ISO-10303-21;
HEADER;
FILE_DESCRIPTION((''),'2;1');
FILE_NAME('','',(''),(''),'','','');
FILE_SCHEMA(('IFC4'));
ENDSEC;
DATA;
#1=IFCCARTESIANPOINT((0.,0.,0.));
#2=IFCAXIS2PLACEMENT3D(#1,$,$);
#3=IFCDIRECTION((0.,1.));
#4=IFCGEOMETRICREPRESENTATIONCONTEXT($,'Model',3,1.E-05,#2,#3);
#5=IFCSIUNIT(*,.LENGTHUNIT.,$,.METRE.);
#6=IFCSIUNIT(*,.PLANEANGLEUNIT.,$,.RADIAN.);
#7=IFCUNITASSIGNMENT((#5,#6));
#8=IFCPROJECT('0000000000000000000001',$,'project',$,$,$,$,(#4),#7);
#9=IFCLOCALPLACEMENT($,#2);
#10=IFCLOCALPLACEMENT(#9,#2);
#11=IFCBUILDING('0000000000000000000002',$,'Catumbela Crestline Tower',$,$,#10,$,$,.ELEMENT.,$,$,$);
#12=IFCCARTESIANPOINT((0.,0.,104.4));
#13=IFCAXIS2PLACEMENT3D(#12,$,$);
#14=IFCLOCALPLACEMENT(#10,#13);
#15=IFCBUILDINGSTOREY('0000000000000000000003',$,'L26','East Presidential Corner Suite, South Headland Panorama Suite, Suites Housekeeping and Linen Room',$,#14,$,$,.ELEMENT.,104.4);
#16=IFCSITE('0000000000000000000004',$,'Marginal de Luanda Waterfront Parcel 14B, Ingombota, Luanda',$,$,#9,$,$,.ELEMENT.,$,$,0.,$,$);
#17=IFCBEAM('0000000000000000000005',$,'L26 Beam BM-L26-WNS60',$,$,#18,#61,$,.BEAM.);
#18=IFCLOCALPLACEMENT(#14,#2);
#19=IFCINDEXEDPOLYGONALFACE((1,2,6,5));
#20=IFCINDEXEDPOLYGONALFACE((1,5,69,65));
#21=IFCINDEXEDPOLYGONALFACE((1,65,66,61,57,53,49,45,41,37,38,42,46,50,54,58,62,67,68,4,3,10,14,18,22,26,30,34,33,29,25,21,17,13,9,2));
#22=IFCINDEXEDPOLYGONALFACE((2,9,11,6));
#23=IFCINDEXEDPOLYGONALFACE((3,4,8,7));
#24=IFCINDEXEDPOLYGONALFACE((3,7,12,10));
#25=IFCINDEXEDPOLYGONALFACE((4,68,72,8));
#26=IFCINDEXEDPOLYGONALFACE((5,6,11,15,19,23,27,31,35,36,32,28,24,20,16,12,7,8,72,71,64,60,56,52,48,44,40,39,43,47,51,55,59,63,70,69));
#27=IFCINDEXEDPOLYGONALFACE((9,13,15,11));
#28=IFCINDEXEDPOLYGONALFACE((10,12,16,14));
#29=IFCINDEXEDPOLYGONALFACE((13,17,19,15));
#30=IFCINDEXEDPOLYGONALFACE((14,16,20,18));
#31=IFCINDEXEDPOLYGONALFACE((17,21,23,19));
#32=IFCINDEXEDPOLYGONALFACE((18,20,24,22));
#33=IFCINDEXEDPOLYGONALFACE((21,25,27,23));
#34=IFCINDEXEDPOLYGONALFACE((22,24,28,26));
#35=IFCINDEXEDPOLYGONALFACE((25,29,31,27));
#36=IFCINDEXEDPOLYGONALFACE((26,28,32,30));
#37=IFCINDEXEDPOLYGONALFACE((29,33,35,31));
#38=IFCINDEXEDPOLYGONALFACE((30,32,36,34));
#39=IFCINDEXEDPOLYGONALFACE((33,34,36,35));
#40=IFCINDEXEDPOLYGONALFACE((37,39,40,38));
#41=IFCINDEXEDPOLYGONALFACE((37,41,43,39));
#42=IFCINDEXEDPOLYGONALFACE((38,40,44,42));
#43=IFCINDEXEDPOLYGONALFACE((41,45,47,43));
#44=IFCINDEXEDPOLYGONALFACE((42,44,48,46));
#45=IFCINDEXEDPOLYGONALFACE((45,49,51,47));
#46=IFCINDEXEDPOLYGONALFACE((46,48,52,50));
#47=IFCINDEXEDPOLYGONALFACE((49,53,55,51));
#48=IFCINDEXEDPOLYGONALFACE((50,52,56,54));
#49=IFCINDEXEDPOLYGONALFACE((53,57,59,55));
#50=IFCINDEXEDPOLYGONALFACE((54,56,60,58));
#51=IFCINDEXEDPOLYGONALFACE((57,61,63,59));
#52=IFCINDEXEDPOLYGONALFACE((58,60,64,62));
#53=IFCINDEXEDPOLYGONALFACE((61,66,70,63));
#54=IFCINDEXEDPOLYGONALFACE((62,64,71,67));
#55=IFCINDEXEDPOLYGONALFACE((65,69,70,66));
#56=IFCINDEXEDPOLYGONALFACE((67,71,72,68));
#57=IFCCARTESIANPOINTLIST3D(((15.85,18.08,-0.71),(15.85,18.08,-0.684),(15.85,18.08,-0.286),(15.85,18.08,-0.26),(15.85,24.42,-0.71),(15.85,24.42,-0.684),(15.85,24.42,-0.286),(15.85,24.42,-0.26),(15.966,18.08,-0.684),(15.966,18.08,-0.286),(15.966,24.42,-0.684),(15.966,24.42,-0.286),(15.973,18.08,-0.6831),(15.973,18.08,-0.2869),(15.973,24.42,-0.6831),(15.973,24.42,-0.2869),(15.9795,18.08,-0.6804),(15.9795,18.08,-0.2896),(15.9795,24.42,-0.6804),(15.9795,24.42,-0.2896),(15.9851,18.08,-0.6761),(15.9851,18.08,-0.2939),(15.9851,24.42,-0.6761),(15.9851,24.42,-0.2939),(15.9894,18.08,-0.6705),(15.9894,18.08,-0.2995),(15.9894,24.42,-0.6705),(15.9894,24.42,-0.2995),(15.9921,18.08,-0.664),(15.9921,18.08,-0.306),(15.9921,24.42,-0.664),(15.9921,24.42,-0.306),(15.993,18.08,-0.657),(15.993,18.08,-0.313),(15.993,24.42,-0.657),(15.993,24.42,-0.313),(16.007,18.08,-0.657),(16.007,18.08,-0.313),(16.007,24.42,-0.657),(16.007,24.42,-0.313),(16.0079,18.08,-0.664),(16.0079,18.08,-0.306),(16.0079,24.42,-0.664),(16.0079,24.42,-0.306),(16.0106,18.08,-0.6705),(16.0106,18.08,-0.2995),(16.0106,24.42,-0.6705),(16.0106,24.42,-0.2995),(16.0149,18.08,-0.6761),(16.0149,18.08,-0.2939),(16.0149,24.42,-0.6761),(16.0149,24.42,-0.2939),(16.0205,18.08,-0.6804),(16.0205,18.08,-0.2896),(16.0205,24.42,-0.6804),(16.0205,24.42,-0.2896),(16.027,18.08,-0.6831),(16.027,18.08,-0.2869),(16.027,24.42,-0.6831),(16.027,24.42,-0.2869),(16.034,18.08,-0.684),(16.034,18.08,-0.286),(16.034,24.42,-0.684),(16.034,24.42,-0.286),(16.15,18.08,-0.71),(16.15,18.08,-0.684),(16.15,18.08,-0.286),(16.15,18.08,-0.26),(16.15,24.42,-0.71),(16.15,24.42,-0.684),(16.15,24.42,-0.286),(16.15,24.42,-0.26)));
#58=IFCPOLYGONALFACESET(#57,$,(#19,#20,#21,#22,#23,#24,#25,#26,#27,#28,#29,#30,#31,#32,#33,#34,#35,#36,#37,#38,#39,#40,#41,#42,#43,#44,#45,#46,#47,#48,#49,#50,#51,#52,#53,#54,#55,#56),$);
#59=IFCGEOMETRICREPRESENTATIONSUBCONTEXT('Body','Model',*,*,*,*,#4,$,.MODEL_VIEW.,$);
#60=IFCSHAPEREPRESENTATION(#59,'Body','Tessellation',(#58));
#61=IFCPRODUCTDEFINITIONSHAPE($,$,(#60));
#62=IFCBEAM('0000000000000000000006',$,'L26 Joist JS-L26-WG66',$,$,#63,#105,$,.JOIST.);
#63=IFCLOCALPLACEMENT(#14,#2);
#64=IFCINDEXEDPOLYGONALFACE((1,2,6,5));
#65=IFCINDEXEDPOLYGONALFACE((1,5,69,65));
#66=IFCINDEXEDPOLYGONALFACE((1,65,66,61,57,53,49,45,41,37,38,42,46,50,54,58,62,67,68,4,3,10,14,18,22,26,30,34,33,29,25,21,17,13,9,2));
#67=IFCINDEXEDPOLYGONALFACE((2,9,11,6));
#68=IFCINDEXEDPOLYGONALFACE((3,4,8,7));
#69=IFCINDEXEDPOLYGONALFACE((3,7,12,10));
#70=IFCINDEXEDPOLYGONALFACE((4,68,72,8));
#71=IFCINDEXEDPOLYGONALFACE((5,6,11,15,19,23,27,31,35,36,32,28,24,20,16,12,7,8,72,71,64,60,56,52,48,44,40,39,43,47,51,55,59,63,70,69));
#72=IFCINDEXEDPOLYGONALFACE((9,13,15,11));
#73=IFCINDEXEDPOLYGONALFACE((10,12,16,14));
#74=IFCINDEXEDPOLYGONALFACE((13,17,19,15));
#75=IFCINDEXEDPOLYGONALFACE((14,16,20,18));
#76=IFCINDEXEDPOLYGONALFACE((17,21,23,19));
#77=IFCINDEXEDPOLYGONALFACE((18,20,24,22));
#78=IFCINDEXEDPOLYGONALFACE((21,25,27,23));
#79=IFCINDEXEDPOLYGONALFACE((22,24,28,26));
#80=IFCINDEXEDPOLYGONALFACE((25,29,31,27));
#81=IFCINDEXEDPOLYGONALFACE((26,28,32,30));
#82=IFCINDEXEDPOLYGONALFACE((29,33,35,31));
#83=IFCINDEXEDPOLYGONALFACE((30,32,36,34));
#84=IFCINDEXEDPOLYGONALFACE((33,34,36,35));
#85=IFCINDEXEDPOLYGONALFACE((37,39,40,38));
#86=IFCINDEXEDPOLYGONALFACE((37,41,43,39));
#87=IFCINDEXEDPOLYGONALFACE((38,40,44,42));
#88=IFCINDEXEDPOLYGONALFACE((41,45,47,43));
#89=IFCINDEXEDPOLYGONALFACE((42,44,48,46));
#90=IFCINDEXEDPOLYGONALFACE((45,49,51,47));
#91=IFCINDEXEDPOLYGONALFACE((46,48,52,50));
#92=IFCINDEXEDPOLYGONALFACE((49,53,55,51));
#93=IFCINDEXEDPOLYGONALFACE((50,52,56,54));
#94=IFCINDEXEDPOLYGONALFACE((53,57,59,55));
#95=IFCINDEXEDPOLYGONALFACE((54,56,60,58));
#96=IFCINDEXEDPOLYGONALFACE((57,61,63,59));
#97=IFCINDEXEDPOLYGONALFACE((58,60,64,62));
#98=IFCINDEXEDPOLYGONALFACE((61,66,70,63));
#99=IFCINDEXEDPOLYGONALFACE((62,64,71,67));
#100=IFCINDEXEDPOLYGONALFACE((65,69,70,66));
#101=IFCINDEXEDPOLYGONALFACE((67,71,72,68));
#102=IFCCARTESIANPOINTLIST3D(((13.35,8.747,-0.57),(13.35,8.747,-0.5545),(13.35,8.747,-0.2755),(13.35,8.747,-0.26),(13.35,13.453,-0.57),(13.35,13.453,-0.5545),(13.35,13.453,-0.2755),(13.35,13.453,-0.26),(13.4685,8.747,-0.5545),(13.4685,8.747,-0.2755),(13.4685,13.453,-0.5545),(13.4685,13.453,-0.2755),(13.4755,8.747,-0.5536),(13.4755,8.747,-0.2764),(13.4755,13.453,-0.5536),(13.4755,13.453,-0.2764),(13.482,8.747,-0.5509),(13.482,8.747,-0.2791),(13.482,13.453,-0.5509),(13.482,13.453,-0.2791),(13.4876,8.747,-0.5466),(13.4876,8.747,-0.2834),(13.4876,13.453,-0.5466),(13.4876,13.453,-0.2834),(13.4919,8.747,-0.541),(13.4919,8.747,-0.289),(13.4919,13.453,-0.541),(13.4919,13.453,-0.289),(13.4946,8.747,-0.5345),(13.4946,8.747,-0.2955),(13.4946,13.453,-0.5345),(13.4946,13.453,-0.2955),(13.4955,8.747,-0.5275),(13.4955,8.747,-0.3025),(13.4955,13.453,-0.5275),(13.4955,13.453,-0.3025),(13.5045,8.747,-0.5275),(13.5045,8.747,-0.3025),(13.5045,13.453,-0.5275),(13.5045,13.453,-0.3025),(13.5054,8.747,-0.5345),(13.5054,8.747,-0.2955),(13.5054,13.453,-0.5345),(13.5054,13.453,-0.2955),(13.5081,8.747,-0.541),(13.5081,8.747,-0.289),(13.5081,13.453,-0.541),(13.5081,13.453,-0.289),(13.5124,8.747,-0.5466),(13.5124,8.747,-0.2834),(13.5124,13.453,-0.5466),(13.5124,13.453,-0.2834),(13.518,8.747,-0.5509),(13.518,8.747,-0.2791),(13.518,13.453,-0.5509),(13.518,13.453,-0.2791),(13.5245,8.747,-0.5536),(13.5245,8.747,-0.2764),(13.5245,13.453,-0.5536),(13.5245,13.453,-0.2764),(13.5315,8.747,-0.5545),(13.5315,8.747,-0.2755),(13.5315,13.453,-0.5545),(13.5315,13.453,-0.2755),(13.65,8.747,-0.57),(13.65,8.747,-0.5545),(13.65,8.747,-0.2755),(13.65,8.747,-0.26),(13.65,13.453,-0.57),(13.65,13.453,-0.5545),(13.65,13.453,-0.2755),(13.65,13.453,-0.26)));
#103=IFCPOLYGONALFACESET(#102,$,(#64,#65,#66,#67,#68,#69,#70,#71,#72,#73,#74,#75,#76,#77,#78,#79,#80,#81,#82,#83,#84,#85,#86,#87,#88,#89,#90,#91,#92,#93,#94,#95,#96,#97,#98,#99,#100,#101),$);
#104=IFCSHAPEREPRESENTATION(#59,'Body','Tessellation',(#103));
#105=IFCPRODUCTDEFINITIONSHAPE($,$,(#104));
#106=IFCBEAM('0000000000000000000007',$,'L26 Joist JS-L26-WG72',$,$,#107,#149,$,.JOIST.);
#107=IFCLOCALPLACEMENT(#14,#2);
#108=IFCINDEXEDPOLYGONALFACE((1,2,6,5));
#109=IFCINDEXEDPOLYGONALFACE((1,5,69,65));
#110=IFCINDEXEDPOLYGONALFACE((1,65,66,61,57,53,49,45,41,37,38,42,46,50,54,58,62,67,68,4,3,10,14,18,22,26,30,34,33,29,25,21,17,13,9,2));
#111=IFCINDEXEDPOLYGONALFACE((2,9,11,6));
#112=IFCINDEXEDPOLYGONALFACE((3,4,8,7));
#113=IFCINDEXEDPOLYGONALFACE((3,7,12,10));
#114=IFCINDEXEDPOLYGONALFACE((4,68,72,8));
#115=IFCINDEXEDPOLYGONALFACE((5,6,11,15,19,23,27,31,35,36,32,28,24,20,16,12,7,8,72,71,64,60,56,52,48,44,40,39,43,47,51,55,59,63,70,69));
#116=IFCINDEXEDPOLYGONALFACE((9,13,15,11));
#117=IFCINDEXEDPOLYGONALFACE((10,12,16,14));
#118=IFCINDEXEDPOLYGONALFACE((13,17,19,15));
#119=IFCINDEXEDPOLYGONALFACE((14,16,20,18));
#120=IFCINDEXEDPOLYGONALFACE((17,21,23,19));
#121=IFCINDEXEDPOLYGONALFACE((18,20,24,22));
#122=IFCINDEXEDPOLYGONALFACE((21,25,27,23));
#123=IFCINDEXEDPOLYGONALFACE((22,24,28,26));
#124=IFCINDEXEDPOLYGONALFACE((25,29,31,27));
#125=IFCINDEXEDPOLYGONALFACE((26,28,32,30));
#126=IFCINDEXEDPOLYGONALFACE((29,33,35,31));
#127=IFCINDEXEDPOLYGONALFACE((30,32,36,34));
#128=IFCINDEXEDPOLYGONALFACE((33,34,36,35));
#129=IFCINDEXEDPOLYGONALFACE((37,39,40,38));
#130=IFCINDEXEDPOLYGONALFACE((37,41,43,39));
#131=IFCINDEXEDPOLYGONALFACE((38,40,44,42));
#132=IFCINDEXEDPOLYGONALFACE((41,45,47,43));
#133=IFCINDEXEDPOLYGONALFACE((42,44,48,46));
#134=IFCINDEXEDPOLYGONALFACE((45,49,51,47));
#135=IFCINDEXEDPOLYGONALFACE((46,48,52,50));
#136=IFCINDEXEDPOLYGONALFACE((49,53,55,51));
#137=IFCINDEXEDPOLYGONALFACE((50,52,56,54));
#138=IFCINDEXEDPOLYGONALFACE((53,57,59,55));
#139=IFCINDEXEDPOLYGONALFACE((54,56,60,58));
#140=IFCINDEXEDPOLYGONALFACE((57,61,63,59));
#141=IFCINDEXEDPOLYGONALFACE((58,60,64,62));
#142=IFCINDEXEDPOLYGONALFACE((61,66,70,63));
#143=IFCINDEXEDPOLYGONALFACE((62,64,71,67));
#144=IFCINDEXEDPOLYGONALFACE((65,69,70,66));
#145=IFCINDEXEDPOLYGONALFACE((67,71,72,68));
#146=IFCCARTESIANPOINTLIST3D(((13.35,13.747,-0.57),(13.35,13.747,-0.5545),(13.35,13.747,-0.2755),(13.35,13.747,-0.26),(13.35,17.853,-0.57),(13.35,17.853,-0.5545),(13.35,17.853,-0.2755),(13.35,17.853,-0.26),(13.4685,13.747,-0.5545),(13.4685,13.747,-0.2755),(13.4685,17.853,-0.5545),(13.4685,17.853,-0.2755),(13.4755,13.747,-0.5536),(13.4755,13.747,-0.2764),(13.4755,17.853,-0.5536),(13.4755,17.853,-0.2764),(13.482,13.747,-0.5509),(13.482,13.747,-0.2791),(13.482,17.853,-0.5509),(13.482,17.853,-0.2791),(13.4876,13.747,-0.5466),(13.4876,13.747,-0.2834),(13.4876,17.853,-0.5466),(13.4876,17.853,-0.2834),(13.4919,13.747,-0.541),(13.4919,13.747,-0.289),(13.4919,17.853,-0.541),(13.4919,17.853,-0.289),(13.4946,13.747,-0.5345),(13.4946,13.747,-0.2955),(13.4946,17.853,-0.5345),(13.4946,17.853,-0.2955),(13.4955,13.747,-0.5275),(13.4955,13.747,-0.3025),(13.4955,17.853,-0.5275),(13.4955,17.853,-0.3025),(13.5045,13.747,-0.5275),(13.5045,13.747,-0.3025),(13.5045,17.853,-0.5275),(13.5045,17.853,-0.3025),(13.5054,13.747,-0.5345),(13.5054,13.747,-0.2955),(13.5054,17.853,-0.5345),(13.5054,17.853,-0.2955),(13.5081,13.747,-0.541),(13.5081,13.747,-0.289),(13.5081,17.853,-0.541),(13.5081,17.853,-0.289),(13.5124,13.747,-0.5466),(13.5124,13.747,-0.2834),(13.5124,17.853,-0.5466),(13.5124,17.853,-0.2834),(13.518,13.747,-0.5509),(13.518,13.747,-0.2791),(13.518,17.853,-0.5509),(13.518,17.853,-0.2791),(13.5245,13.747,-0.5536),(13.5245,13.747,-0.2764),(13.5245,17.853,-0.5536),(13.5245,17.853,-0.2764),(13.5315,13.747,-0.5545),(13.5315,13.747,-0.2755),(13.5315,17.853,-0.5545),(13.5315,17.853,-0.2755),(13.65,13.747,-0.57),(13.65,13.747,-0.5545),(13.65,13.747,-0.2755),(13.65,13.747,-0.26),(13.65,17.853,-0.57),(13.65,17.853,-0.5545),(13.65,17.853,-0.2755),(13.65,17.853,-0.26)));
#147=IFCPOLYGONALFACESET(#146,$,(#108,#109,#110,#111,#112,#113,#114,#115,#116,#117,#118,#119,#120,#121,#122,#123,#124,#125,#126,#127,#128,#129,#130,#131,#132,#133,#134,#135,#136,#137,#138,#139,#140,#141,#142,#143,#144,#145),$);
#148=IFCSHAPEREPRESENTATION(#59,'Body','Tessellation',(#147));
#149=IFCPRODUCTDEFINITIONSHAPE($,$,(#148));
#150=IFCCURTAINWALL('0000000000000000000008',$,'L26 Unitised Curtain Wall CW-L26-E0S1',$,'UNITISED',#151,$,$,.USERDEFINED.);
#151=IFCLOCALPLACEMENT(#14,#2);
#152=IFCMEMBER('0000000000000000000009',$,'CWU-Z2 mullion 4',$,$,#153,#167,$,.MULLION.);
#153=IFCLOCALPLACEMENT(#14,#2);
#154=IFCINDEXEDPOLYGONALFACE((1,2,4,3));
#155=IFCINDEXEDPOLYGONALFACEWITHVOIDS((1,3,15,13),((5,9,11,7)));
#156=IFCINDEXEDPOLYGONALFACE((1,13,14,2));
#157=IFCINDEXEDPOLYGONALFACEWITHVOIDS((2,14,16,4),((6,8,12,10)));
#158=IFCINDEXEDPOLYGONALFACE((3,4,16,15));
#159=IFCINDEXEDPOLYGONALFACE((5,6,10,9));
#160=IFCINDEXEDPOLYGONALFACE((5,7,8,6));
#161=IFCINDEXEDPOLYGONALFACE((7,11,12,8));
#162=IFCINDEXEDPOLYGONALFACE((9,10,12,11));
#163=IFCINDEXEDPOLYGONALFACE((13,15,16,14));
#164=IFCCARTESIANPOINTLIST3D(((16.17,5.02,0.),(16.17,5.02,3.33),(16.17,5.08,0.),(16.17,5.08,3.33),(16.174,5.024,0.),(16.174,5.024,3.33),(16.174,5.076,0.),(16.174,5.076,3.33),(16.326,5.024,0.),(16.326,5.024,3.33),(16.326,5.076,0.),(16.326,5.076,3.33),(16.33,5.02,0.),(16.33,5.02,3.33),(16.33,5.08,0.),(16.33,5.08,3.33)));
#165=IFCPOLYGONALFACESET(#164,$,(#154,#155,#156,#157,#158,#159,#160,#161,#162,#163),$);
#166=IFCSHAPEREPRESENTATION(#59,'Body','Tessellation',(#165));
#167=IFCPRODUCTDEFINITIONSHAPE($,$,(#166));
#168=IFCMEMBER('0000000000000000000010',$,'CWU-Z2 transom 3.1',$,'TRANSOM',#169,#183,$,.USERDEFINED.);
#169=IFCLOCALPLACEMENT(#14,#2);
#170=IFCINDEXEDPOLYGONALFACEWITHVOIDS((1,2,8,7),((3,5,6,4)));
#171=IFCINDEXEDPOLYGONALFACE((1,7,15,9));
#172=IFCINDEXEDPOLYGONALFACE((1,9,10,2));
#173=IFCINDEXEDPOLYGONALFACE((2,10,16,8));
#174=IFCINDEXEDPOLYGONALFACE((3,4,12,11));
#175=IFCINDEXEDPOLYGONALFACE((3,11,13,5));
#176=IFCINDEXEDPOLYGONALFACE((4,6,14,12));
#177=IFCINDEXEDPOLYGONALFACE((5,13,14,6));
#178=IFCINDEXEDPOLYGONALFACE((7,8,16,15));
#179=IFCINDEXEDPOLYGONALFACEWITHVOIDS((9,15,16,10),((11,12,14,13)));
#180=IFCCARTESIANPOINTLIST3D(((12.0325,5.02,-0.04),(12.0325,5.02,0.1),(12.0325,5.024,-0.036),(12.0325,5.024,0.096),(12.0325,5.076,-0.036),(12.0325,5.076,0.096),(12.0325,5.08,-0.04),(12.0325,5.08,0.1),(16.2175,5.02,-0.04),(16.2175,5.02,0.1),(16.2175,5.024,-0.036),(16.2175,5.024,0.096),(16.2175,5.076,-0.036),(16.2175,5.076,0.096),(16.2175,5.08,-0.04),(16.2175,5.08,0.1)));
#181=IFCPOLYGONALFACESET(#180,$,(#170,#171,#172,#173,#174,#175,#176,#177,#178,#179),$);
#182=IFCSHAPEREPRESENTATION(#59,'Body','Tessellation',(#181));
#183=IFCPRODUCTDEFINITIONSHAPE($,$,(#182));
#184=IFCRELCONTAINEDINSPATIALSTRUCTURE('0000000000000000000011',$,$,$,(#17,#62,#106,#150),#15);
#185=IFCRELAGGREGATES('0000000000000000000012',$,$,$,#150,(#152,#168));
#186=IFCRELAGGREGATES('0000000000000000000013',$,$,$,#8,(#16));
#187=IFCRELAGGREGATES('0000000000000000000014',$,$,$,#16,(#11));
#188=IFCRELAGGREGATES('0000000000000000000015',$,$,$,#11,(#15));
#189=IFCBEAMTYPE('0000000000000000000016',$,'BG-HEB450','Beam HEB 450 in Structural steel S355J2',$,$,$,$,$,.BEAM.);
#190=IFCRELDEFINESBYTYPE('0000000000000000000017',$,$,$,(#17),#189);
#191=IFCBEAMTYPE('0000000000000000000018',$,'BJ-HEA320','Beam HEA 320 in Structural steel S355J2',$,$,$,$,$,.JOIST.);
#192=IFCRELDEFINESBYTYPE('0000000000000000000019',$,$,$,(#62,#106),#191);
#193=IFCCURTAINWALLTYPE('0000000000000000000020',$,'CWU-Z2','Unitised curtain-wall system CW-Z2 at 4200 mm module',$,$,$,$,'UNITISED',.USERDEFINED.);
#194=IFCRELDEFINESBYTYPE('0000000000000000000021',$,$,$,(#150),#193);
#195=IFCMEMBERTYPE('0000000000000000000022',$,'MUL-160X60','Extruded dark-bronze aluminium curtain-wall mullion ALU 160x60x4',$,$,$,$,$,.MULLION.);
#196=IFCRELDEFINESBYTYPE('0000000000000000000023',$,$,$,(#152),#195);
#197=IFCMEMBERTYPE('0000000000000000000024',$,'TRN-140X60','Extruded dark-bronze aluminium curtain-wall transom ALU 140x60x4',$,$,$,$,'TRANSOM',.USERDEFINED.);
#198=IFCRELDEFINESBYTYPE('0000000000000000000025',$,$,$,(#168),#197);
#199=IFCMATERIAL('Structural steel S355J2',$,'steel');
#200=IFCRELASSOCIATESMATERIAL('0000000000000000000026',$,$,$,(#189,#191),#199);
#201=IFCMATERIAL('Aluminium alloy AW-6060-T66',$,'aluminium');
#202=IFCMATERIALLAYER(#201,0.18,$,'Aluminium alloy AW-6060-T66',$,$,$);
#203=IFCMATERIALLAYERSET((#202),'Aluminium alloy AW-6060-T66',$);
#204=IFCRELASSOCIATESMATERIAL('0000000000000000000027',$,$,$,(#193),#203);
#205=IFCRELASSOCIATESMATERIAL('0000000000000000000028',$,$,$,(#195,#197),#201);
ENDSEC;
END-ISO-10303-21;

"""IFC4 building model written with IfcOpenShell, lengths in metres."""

from ifc_helpers import new_model, si_unit, direction, frame, origin, origin_2d, place, context, subcontext, project, spatial, hollow_rectangle, i_section, extrude, material, layer, layer_set, material_profile, profile_set, type_object, element, aggregate, save


model = new_model("IFC4")

# Units and contexts
model_context = context("Model", 3, precision=1e-05, world=origin(), true_north=direction((0.0, 1.0)))
body_context = subcontext(model_context, "Body", "Model", "MODEL_VIEW")
ifc_project = project(units=[si_unit("LENGTHUNIT", "METRE"), si_unit("PLANEANGLEUNIT", "RADIAN")], contexts=[model_context])

# Site, building, storey
site_placement = place(None, origin())
site = spatial("IfcSite", under=ifc_project, at=site_placement, Name="Marginal de Luanda Waterfront Parcel 14B, Ingombota, Luanda", CompositionType="ELEMENT", RefElevation=0.0)
building_placement = place(site_placement, origin())
building = spatial("IfcBuilding", under=site, at=building_placement, Name="Catumbela Crestline Tower", CompositionType="ELEMENT")
storey_placement = place(building_placement, frame((0.0, 0.0, 104.4)))
storey = spatial("IfcBuildingStorey", under=building, at=storey_placement, Name="L26", Description="East Presidential Corner Suite, South Headland Panorama Suite, Suites Housekeeping and Linen Room", CompositionType="ELEMENT", Elevation=104.4)

# Beams
ifc_material_1 = material(Name="Structural steel S355J2", Category="steel")
ifc_material_profile_1 = material_profile(ifc_material_1, i_section(OverallWidth=0.3, OverallDepth=0.45, WebThickness=0.014, FlangeThickness=0.026, FilletRadius=0.027, at=origin_2d()), Name="HEB 450")
ifc_profile_set_1 = profile_set([ifc_material_profile_1], Name="Structural steel S355J2")
beam_type_1 = type_object("IfcBeamType", Name="BG-HEB450", Description="Beam HEB 450 in Structural steel S355J2", PredefinedType="BEAM", material=ifc_profile_set_1)
beam_1_placement = place(storey_placement, frame((16.0, 18.08, -0.485), z_axis=(0.0, 1.0, 0.0), x_axis=(-1.0, 0.0, 0.0)))
element("IfcBeam", 1, at=beam_1_placement, inside=storey, type_object=beam_type_1, Name="L26 Beam BM-L26-WNS60", PredefinedType="BEAM", context=body_context, shape_type="SweptSolid", body=[
    extrude(i_section(OverallWidth=0.3, OverallDepth=0.45, WebThickness=0.014, FlangeThickness=0.026, FilletRadius=0.027, at=origin_2d()), origin(), (0.0, 0.0, 1.0), 6.34),
])
ifc_material_profile_2 = material_profile(ifc_material_1, i_section(OverallWidth=0.3, OverallDepth=0.31, WebThickness=0.009, FlangeThickness=0.0155, FilletRadius=0.027, at=origin_2d()), Name="HEA 320")
ifc_profile_set_2 = profile_set([ifc_material_profile_2], Name="Structural steel S355J2")
beam_type_2 = type_object("IfcBeamType", Name="BJ-HEA320", Description="Beam HEA 320 in Structural steel S355J2", PredefinedType="JOIST", material=ifc_profile_set_2)
beam_2_placement = place(storey_placement, frame((13.5, 8.747, -0.415), z_axis=(0.0, 1.0, 0.0), x_axis=(-1.0, 0.0, 0.0)))
element("IfcBeam", 2, at=beam_2_placement, inside=storey, type_object=beam_type_2, Name="L26 Joist JS-L26-WG66", PredefinedType="JOIST", context=body_context, shape_type="SweptSolid", body=[
    extrude(i_section(OverallWidth=0.3, OverallDepth=0.31, WebThickness=0.009, FlangeThickness=0.0155, FilletRadius=0.027, at=origin_2d()), origin(), (0.0, 0.0, 1.0), 4.706),
])
beam_3_placement = place(storey_placement, frame((13.5, 13.747, -0.415), z_axis=(0.0, 1.0, 0.0), x_axis=(-1.0, 0.0, 0.0)))
element("IfcBeam", 3, at=beam_3_placement, inside=storey, type_object=beam_type_2, Name="L26 Joist JS-L26-WG72", PredefinedType="JOIST", context=body_context, shape_type="SweptSolid", body=[
    extrude(i_section(OverallWidth=0.3, OverallDepth=0.31, WebThickness=0.009, FlangeThickness=0.0155, FilletRadius=0.027, at=origin_2d()), origin(), (0.0, 0.0, 1.0), 4.106),
])

# Curtain wall, members
ifc_material_2 = material(Name="Aluminium alloy AW-6060-T66", Category="aluminium")
ifc_layer_1 = layer(ifc_material_2, 0.18, Name="Aluminium alloy AW-6060-T66")
ifc_layer_set_1 = layer_set([ifc_layer_1], Name="Aluminium alloy AW-6060-T66")
curtain_wall_type = type_object("IfcCurtainWallType", Name="CWU-Z2", Description="Unitised curtain-wall system CW-Z2 at 4200 mm module", ElementType="UNITISED", PredefinedType="USERDEFINED", material=ifc_layer_set_1)
curtain_wall_placement = place(storey_placement, origin())
curtain_wall = element("IfcCurtainWall", 4, at=curtain_wall_placement, inside=storey, type_object=curtain_wall_type, Name="L26 Unitised Curtain Wall CW-L26-E0S1", ObjectType="UNITISED", PredefinedType="USERDEFINED")
ifc_material_profile_3 = material_profile(ifc_material_2, hollow_rectangle(XDim=0.06, YDim=0.16, WallThickness=0.004, at=origin_2d()), Name="ALU 160x60x4")
ifc_profile_set_3 = profile_set([ifc_material_profile_3], Name="Aluminium alloy AW-6060-T66")
member_type_1 = type_object("IfcMemberType", Name="MUL-160X60", Description="Extruded dark-bronze aluminium curtain-wall mullion ALU 160x60x4", PredefinedType="MULLION", material=ifc_profile_set_3)
member_1_placement = place(storey_placement, frame((16.25, 5.05, 0.0), z_axis=(0.0, 0.0, 1.0), x_axis=(0.0, 1.0, 0.0)))
member_1 = element("IfcMember", 5, at=member_1_placement, type_object=member_type_1, Name="CWU-Z2 mullion 4", PredefinedType="MULLION", context=body_context, shape_type="SweptSolid", body=[
    extrude(hollow_rectangle(XDim=0.06, YDim=0.16, WallThickness=0.004, at=origin_2d()), origin(), (0.0, 0.0, 1.0), 3.33),
])
ifc_material_profile_4 = material_profile(ifc_material_2, hollow_rectangle(XDim=0.06, YDim=0.14, WallThickness=0.004, at=origin_2d()), Name="ALU 140x60x4")
ifc_profile_set_4 = profile_set([ifc_material_profile_4], Name="Aluminium alloy AW-6060-T66")
member_type_2 = type_object("IfcMemberType", Name="TRN-140X60", Description="Extruded dark-bronze aluminium curtain-wall transom ALU 140x60x4", ElementType="TRANSOM", PredefinedType="USERDEFINED", material=ifc_profile_set_4)
member_2_placement = place(storey_placement, frame((12.0325, 5.05, 0.03), z_axis=(1.0, 0.0, 0.0), x_axis=(0.0, 1.0, 0.0)))
member_2 = element("IfcMember", 6, at=member_2_placement, type_object=member_type_2, Name="CWU-Z2 transom 3.1", ObjectType="TRANSOM", PredefinedType="USERDEFINED", context=body_context, shape_type="SweptSolid", body=[
    extrude(hollow_rectangle(XDim=0.06, YDim=0.14, WallThickness=0.004, at=origin_2d()), origin(), (0.0, 0.0, 1.0), 4.185),
])
aggregate(curtain_wall, [member_1, member_2])

save(model, "model.ifc")
